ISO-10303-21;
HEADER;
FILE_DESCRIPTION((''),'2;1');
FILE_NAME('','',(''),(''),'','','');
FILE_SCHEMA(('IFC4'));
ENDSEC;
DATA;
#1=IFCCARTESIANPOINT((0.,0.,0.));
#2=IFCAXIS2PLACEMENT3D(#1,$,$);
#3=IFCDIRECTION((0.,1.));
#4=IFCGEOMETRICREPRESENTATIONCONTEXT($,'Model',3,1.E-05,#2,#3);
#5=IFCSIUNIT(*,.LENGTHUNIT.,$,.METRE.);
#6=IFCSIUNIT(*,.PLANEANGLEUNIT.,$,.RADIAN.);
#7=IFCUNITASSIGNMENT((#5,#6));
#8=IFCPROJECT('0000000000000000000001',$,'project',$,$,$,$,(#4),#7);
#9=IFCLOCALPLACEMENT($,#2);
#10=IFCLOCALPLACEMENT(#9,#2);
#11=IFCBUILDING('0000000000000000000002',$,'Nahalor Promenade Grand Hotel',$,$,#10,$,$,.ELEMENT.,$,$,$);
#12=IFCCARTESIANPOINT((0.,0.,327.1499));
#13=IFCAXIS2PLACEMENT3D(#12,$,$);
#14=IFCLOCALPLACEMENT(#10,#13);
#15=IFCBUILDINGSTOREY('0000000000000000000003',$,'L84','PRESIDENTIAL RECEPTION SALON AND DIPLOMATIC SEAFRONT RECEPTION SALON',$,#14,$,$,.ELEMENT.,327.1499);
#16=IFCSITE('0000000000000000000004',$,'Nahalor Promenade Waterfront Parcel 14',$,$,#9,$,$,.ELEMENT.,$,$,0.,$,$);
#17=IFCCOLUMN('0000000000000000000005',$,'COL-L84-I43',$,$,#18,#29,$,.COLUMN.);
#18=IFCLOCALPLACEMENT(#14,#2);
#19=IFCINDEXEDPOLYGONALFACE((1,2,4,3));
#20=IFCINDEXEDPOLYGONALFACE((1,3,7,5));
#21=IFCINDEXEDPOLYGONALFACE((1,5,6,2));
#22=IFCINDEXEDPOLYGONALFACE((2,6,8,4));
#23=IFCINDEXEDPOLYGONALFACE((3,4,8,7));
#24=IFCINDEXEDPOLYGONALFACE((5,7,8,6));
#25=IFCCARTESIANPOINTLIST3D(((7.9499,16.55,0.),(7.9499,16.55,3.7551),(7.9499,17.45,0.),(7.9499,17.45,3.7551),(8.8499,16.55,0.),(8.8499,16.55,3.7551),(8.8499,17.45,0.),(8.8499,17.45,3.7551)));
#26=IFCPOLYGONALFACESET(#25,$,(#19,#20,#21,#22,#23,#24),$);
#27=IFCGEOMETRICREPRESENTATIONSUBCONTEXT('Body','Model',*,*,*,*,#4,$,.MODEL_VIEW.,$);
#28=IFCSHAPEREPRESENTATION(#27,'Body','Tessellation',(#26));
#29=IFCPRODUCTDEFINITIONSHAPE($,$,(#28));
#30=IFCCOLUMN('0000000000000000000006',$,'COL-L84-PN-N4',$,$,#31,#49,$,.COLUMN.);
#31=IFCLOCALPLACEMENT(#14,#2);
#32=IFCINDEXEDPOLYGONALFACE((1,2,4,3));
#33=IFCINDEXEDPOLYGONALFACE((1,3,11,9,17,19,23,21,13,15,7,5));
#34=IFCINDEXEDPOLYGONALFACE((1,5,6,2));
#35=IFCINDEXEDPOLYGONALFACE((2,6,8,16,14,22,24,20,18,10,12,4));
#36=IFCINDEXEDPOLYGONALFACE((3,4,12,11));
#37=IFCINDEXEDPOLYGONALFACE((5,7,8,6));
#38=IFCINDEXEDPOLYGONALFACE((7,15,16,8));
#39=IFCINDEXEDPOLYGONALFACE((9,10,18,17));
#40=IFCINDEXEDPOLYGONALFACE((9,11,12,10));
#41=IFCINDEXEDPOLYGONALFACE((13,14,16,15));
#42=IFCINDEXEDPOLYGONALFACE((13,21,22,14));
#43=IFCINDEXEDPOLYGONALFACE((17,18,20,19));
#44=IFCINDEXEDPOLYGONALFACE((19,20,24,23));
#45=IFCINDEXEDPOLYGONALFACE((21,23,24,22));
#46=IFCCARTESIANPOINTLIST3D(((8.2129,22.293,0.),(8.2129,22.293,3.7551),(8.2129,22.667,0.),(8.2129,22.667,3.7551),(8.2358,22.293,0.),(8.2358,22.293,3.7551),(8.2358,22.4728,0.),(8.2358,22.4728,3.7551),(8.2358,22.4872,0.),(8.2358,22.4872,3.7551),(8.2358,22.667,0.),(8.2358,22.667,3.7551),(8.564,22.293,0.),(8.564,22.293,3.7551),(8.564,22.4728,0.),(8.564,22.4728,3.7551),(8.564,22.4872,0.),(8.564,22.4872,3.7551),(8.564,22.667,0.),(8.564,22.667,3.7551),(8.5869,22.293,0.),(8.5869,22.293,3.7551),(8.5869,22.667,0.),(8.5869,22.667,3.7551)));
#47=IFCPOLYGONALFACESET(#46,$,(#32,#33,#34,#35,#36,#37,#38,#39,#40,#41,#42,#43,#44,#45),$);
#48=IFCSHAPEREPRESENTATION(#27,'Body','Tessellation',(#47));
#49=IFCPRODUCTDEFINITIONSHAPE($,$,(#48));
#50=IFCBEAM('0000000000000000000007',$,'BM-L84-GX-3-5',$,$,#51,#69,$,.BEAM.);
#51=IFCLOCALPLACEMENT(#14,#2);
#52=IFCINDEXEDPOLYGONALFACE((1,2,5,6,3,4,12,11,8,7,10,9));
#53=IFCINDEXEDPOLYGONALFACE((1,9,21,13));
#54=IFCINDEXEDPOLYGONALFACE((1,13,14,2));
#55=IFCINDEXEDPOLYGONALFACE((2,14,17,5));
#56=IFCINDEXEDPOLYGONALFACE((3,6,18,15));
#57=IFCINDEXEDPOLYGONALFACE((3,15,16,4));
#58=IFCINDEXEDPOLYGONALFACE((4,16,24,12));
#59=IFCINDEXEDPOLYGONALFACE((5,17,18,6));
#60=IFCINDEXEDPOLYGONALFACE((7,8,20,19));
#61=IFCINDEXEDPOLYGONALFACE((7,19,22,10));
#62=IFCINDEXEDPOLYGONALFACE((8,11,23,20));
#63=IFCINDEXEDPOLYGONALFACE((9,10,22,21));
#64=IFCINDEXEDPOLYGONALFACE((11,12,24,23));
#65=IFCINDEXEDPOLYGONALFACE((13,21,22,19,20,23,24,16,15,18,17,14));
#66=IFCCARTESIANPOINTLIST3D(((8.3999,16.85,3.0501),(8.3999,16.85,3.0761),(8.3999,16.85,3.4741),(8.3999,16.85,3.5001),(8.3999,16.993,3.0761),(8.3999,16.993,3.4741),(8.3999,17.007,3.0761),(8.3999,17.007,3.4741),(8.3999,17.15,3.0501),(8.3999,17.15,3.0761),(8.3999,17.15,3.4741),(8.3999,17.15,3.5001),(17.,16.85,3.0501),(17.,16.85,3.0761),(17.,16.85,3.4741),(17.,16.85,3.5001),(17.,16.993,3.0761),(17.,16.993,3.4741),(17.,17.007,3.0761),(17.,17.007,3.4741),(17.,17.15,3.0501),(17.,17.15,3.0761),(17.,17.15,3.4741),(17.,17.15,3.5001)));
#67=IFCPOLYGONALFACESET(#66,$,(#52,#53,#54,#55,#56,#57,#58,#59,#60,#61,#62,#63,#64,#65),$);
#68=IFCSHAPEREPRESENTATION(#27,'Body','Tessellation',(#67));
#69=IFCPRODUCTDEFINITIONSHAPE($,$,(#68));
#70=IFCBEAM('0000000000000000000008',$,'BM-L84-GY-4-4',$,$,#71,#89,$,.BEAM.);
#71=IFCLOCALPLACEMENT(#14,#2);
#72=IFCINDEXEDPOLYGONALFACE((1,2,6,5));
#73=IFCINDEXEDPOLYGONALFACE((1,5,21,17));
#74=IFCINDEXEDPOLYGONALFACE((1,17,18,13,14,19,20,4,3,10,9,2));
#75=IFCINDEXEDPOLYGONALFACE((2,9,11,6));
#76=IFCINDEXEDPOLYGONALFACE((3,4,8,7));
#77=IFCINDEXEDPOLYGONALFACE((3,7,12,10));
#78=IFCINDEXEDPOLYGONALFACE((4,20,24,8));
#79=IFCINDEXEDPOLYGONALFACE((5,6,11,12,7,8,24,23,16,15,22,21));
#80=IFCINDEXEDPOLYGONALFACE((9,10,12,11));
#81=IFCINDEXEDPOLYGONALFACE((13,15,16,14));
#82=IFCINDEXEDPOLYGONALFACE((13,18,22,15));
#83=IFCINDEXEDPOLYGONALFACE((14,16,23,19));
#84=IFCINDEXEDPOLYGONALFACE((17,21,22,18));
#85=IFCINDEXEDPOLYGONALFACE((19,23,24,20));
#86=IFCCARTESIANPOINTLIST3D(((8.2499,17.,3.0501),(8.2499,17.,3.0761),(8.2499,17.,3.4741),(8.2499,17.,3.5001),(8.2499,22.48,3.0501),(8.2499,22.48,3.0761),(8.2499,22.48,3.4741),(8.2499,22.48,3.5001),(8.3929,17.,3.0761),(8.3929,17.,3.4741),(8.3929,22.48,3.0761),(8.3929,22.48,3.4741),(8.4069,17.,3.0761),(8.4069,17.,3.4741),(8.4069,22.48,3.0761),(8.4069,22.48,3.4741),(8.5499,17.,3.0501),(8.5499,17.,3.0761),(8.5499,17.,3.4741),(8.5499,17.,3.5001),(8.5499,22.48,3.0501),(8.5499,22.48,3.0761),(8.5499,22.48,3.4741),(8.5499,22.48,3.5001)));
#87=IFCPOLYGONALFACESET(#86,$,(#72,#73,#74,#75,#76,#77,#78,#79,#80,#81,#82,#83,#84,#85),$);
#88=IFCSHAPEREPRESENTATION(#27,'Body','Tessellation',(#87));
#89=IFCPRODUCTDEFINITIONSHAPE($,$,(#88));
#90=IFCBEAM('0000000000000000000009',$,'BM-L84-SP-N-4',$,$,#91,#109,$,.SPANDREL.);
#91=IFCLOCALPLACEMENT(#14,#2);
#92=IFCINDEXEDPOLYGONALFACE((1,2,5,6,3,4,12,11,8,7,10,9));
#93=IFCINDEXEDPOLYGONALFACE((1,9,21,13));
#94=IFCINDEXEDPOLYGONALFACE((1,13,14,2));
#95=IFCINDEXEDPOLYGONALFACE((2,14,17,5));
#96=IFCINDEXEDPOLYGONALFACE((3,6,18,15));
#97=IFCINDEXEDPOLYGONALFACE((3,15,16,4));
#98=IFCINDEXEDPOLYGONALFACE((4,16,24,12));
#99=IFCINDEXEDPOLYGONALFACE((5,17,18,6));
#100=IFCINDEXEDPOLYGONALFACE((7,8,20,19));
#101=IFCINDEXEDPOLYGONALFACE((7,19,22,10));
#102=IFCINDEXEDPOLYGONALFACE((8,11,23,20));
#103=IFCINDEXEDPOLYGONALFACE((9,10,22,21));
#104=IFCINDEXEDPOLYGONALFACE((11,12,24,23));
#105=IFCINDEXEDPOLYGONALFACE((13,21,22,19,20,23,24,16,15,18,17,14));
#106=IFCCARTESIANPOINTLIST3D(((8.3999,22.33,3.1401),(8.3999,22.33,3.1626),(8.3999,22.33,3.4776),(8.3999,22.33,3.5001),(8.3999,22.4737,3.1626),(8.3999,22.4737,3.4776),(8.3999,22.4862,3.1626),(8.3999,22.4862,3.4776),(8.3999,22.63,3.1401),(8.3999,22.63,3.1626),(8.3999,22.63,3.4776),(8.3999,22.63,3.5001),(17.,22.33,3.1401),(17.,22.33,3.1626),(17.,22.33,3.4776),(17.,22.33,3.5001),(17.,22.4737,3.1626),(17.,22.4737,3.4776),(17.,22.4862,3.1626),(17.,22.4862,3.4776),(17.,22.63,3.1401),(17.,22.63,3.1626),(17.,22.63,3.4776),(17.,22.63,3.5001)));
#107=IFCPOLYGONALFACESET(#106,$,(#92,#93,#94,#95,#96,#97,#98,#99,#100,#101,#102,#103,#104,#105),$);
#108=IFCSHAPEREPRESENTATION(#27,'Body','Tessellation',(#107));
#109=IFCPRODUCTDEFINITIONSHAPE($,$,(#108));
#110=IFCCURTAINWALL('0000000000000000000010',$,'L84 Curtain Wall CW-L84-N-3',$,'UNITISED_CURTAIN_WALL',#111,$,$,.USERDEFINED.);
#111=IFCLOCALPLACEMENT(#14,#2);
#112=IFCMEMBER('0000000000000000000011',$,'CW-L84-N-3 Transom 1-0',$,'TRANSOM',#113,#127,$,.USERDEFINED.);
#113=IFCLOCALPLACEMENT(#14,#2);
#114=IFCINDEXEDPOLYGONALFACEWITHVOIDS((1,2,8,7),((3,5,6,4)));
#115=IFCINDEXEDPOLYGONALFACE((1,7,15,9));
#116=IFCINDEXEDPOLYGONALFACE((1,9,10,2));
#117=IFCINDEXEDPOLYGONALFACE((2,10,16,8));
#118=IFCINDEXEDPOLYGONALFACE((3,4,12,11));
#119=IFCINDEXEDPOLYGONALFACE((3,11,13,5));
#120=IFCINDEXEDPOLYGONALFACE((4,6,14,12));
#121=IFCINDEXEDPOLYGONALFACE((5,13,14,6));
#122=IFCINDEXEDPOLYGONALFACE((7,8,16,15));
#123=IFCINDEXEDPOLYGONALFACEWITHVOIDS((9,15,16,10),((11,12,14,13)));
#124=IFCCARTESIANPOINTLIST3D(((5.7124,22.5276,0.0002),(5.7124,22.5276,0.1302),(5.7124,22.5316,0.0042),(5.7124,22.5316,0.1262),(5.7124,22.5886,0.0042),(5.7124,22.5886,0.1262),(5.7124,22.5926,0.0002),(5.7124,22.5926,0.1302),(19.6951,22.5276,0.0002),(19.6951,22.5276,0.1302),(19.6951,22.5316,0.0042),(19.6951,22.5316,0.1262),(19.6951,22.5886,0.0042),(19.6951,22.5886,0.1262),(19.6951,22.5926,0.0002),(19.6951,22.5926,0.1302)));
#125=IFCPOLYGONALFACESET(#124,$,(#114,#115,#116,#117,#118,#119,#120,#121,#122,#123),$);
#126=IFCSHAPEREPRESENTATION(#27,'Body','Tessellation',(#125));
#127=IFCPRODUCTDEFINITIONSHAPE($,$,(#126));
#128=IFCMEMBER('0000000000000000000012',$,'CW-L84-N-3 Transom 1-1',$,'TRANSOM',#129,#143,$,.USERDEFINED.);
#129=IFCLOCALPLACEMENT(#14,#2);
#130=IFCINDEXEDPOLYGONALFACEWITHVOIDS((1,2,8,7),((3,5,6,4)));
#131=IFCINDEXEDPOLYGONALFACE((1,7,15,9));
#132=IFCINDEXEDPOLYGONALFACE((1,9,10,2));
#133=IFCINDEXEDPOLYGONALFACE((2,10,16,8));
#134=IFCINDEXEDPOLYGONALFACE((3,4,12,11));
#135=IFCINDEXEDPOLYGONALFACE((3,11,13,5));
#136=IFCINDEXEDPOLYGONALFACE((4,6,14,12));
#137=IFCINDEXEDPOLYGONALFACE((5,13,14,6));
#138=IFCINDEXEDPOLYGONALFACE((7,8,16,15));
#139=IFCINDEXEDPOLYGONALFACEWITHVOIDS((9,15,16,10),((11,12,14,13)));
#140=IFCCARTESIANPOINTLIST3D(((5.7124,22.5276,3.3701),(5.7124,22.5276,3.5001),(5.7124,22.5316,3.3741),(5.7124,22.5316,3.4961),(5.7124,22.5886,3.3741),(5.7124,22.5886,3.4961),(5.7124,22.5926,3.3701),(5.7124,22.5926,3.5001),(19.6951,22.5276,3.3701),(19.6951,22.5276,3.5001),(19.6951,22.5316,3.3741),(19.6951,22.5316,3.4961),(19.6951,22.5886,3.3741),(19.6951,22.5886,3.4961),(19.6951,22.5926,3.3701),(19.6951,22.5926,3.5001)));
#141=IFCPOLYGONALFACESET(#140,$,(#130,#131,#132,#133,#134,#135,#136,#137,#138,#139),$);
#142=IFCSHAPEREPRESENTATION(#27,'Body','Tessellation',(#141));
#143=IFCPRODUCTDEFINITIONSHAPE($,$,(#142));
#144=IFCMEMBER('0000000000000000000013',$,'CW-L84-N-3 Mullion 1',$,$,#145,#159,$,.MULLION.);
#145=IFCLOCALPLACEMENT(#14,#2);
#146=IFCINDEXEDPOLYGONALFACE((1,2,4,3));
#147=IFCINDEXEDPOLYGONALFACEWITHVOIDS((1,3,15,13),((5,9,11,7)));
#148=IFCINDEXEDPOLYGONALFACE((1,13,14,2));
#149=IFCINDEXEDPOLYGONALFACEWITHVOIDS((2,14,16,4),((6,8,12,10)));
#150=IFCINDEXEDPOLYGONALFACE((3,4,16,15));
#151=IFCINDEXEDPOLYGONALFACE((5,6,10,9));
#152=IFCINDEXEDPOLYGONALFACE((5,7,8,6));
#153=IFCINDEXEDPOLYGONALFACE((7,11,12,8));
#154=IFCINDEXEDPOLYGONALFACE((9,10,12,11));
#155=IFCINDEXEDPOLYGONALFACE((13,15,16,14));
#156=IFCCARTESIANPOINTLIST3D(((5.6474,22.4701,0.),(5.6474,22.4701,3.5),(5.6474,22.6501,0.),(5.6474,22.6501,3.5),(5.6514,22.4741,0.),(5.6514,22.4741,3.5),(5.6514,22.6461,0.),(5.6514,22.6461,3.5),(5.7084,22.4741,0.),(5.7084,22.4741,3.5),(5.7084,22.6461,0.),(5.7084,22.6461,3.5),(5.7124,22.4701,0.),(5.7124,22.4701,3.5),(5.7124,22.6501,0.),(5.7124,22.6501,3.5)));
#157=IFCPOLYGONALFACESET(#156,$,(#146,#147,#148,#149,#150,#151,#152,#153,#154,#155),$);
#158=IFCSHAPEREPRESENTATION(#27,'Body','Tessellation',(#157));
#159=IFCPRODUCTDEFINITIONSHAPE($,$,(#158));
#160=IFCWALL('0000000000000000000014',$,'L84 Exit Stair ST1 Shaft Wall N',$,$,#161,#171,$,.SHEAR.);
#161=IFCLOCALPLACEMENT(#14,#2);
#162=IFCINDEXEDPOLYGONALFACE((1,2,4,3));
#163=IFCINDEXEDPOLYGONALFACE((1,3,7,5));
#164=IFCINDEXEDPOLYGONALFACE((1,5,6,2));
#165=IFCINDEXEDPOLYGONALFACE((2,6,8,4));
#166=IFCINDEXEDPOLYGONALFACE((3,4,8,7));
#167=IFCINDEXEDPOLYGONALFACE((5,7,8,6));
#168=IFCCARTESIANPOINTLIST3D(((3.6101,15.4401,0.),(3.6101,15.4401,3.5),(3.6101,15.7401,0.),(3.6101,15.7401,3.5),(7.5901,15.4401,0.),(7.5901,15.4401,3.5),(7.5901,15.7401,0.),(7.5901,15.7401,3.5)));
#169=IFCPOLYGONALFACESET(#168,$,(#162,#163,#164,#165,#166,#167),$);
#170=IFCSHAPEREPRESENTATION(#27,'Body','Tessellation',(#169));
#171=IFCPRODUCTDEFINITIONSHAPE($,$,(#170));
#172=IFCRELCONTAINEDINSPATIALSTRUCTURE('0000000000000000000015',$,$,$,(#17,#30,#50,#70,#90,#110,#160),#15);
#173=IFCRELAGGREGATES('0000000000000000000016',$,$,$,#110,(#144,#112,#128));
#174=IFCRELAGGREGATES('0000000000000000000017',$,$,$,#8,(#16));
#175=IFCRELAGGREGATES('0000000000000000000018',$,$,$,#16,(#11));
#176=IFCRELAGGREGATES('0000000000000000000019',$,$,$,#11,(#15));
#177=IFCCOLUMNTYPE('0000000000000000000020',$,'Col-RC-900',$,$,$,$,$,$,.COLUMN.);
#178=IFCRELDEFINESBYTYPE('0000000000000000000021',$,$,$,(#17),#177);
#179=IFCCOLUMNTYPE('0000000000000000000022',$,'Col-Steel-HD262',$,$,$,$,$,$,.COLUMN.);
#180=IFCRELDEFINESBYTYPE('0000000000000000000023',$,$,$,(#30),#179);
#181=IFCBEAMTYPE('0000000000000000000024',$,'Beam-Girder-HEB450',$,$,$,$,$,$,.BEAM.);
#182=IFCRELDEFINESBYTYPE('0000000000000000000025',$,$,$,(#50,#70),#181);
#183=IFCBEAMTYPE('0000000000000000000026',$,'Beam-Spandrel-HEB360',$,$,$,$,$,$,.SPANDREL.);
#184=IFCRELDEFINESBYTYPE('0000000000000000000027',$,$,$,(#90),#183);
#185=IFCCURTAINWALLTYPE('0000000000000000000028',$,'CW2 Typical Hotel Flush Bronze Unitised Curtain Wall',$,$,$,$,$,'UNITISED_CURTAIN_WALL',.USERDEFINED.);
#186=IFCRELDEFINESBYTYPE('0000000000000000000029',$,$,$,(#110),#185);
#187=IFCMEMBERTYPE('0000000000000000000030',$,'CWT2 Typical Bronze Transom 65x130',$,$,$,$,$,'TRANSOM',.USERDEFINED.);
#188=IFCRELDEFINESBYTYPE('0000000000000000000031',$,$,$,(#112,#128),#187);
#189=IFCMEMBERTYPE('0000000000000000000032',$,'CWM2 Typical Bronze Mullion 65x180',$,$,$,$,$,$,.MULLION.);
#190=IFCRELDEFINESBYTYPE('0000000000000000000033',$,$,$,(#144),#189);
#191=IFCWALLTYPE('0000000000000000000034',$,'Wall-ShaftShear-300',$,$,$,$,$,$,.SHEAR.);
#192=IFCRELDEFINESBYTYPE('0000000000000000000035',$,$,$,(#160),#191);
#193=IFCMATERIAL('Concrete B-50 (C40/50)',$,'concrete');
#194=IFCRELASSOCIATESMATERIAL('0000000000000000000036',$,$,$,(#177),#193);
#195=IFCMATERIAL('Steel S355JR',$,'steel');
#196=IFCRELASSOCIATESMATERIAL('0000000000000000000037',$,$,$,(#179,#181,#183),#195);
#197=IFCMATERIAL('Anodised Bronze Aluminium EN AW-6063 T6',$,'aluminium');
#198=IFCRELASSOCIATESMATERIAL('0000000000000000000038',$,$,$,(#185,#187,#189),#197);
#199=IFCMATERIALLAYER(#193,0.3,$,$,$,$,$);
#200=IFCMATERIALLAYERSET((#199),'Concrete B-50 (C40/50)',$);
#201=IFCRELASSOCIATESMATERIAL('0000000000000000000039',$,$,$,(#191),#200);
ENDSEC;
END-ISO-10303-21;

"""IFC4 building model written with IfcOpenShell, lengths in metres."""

from ifc_helpers import new_model, si_unit, direction, frame, frame_2d, origin, origin_2d, place, context, subcontext, project, spatial, rectangle, hollow_rectangle, i_section, extrude, source, transform, mapped, material, layer, layer_set, material_profile, profile_set, type_object, element, aggregate, save


model = new_model("IFC4")

# Units and contexts
model_context = context("Model", 3, precision=1e-05, world=origin(), true_north=direction((0.0, 1.0)))
body_context = subcontext(model_context, "Body", "Model", "MODEL_VIEW")
ifc_project = project(units=[si_unit("LENGTHUNIT", "METRE"), si_unit("PLANEANGLEUNIT", "RADIAN")], contexts=[model_context])

# Site, building, storey
site_placement = place(None, origin())
site = spatial("IfcSite", under=ifc_project, at=site_placement, Name="Nahalor Promenade Waterfront Parcel 14", CompositionType="ELEMENT", RefElevation=0.0)
building_placement = place(site_placement, origin())
building = spatial("IfcBuilding", under=site, at=building_placement, Name="Nahalor Promenade Grand Hotel", CompositionType="ELEMENT")
storey_placement = place(building_placement, frame((0.0, 0.0, 327.1499)))
storey = spatial("IfcBuildingStorey", under=building, at=storey_placement, Name="L84", Description="PRESIDENTIAL RECEPTION SALON AND DIPLOMATIC SEAFRONT RECEPTION SALON", CompositionType="ELEMENT", Elevation=327.1499)

# Columns
ifc_material_1 = material(Name="Concrete B-50 (C40/50)", Category="concrete")
ifc_material_profile_1 = material_profile(ifc_material_1, rectangle(XDim=0.9, YDim=0.9, at=origin_2d()), Name="RC 900x900")
ifc_profile_set_1 = profile_set([ifc_material_profile_1], Name="Concrete B-50 (C40/50)")
column_type_1 = type_object("IfcColumnType", Name="Col-RC-900", PredefinedType="COLUMN", material=ifc_profile_set_1)
shared_shape_1 = source(origin(), body_context, "Body", "SweptSolid", [
    extrude(rectangle(XDim=0.9, YDim=0.9, at=origin_2d()), origin(), (0.0, 0.0, 1.0), 3.7551),
])
column_1_placement = place(storey_placement, frame((8.3999, 17.0, 0.0), z_axis=(0.0, 0.0, 1.0), x_axis=(1.0, 0.0, 0.0)))
element("IfcColumn", 1, at=column_1_placement, inside=storey, type_object=column_type_1, Name="COL-L84-I43", PredefinedType="COLUMN", context=body_context, shape_type="MappedRepresentation", body=[
    mapped(shared_shape_1, transform((0.0, 0.0, 0.0), scale=1.0)),
])
ifc_material_2 = material(Name="Steel S355JR", Category="steel")
ifc_material_profile_2 = material_profile(ifc_material_2, i_section(OverallWidth=0.374, OverallDepth=0.374, WebThickness=0.0144, FlangeThickness=0.0229, at=origin_2d()), Name="HD 360x262")
ifc_profile_set_2 = profile_set([ifc_material_profile_2], Name="Steel S355JR")
column_type_2 = type_object("IfcColumnType", Name="Col-Steel-HD262", PredefinedType="COLUMN", material=ifc_profile_set_2)
shared_shape_2 = source(origin(), body_context, "Body", "SweptSolid", [
    extrude(i_section(OverallWidth=0.374, OverallDepth=0.374, WebThickness=0.0144, FlangeThickness=0.0229, at=origin_2d()), origin(), (0.0, 0.0, 1.0), 3.7551),
])
column_2_placement = place(storey_placement, frame((8.3999, 22.48, 0.0), z_axis=(0.0, 0.0, 1.0), x_axis=(0.0, 1.0, 0.0)))
element("IfcColumn", 2, at=column_2_placement, inside=storey, type_object=column_type_2, Name="COL-L84-PN-N4", PredefinedType="COLUMN", context=body_context, shape_type="MappedRepresentation", body=[
    mapped(shared_shape_2, transform((0.0, 0.0, 0.0), scale=1.0)),
])

# Beams
ifc_material_profile_3 = material_profile(ifc_material_2, i_section(OverallWidth=0.3, OverallDepth=0.45, WebThickness=0.014, FlangeThickness=0.026, at=origin_2d()), Name="HEB 450")
ifc_profile_set_3 = profile_set([ifc_material_profile_3], Name="Steel S355JR")
beam_type_1 = type_object("IfcBeamType", Name="Beam-Girder-HEB450", PredefinedType="BEAM", material=ifc_profile_set_3)
shared_shape_3 = source(origin(), body_context, "Body", "SweptSolid", [
    extrude(i_section(OverallWidth=0.3, OverallDepth=0.45, WebThickness=0.014, FlangeThickness=0.026, at=origin_2d()), origin(), (0.0, 0.0, 1.0), 8.6001),
])
beam_1_placement = place(storey_placement, frame((8.3999, 17.0, 3.2751), z_axis=(1.0, 0.0, 0.0), x_axis=(0.0, 1.0, 0.0)))
element("IfcBeam", 3, at=beam_1_placement, inside=storey, type_object=beam_type_1, Name="BM-L84-GX-3-5", PredefinedType="BEAM", context=body_context, shape_type="MappedRepresentation", body=[
    mapped(shared_shape_3, transform((0.0, 0.0, 0.0), scale=1.0)),
])
shared_shape_4 = source(origin(), body_context, "Body", "SweptSolid", [
    extrude(i_section(OverallWidth=0.3, OverallDepth=0.45, WebThickness=0.014, FlangeThickness=0.026, at=origin_2d()), origin(), (0.0, 0.0, 1.0), 5.48),
])
beam_2_placement = place(storey_placement, frame((8.3999, 17.0, 3.2751), z_axis=(0.0, 1.0, 0.0), x_axis=(-1.0, 0.0, 0.0)))
element("IfcBeam", 4, at=beam_2_placement, inside=storey, type_object=beam_type_1, Name="BM-L84-GY-4-4", PredefinedType="BEAM", context=body_context, shape_type="MappedRepresentation", body=[
    mapped(shared_shape_4, transform((0.0, 0.0, 0.0), scale=1.0)),
])
ifc_material_profile_4 = material_profile(ifc_material_2, i_section(OverallWidth=0.3, OverallDepth=0.36, WebThickness=0.0125, FlangeThickness=0.0225, at=origin_2d()), Name="HEB 360")
ifc_profile_set_4 = profile_set([ifc_material_profile_4], Name="Steel S355JR")
beam_type_2 = type_object("IfcBeamType", Name="Beam-Spandrel-HEB360", PredefinedType="SPANDREL", material=ifc_profile_set_4)
shared_shape_5 = source(origin(), body_context, "Body", "SweptSolid", [
    extrude(i_section(OverallWidth=0.3, OverallDepth=0.36, WebThickness=0.0125, FlangeThickness=0.0225, at=origin_2d()), origin(), (0.0, 0.0, 1.0), 8.6001),
])
beam_3_placement = place(storey_placement, frame((8.3999, 22.48, 3.3201), z_axis=(1.0, 0.0, 0.0), x_axis=(0.0, 1.0, 0.0)))
element("IfcBeam", 5, at=beam_3_placement, inside=storey, type_object=beam_type_2, Name="BM-L84-SP-N-4", PredefinedType="SPANDREL", context=body_context, shape_type="MappedRepresentation", body=[
    mapped(shared_shape_5, transform((0.0, 0.0, 0.0), scale=1.0)),
])

# Curtain wall, members
ifc_material_3 = material(Name="Anodised Bronze Aluminium EN AW-6063 T6", Category="aluminium")
curtain_wall_type = type_object("IfcCurtainWallType", Name="CW2 Typical Hotel Flush Bronze Unitised Curtain Wall", ElementType="UNITISED_CURTAIN_WALL", PredefinedType="USERDEFINED", material=ifc_material_3)
curtain_wall_placement = place(storey_placement, origin())
curtain_wall = element("IfcCurtainWall", 6, at=curtain_wall_placement, inside=storey, type_object=curtain_wall_type, Name="L84 Curtain Wall CW-L84-N-3", ObjectType="UNITISED_CURTAIN_WALL", PredefinedType="USERDEFINED")
ifc_material_profile_5 = material_profile(ifc_material_3, hollow_rectangle(XDim=0.065, YDim=0.13, WallThickness=0.004, at=origin_2d()), Name="CWT 65x130x4")
ifc_profile_set_5 = profile_set([ifc_material_profile_5], Name="Anodised Bronze Aluminium EN AW-6063 T6")
member_type_1 = type_object("IfcMemberType", Name="CWT2 Typical Bronze Transom 65x130", ElementType="TRANSOM", PredefinedType="USERDEFINED", material=ifc_profile_set_5)
shared_shape_6 = source(origin(), body_context, "Body", "SweptSolid", [
    extrude(hollow_rectangle(XDim=0.065, YDim=0.13, WallThickness=0.004, at=origin_2d()), origin(), (0.0, 0.0, 1.0), 13.9827),
])
member_1_placement = place(storey_placement, frame((5.7124, 22.5601, 0.0652), z_axis=(1.0, 0.0, 0.0), x_axis=(0.0, 1.0, 0.0)))
member_1 = element("IfcMember", 7, at=member_1_placement, type_object=member_type_1, Name="CW-L84-N-3 Transom 1-0", ObjectType="TRANSOM", PredefinedType="USERDEFINED", context=body_context, shape_type="MappedRepresentation", body=[
    mapped(shared_shape_6, transform((0.0, 0.0, 0.0), scale=1.0)),
])
member_2_placement = place(storey_placement, frame((5.7124, 22.5601, 3.4351), z_axis=(1.0, 0.0, 0.0), x_axis=(0.0, 1.0, 0.0)))
member_2 = element("IfcMember", 8, at=member_2_placement, type_object=member_type_1, Name="CW-L84-N-3 Transom 1-1", ObjectType="TRANSOM", PredefinedType="USERDEFINED", context=body_context, shape_type="MappedRepresentation", body=[
    mapped(shared_shape_6, transform((0.0, 0.0, 0.0), scale=1.0)),
])
ifc_material_profile_6 = material_profile(ifc_material_3, hollow_rectangle(XDim=0.065, YDim=0.18, WallThickness=0.004, at=origin_2d()), Name="CWM 65x180x4")
ifc_profile_set_6 = profile_set([ifc_material_profile_6], Name="Anodised Bronze Aluminium EN AW-6063 T6")
member_type_2 = type_object("IfcMemberType", Name="CWM2 Typical Bronze Mullion 65x180", PredefinedType="MULLION", material=ifc_profile_set_6)
shared_shape_7 = source(origin(), body_context, "Body", "SweptSolid", [
    extrude(hollow_rectangle(XDim=0.065, YDim=0.18, WallThickness=0.004, at=origin_2d()), origin(), (0.0, 0.0, 1.0), 3.5),
])
member_3_placement = place(storey_placement, frame((5.6799, 22.5601, 0.0), z_axis=(0.0, 0.0, 1.0), x_axis=(1.0, 0.0, 0.0)))
member_3 = element("IfcMember", 9, at=member_3_placement, type_object=member_type_2, Name="CW-L84-N-3 Mullion 1", PredefinedType="MULLION", context=body_context, shape_type="MappedRepresentation", body=[
    mapped(shared_shape_7, transform((0.0, 0.0, 0.0), scale=1.0)),
])
aggregate(curtain_wall, [member_3, member_1, member_2])

# Wall
ifc_layer_1 = layer(ifc_material_1, 0.3)
ifc_layer_set_1 = layer_set([ifc_layer_1], Name="Concrete B-50 (C40/50)")
wall_type_1 = type_object("IfcWallType", Name="Wall-ShaftShear-300", PredefinedType="SHEAR", material=ifc_layer_set_1)
shared_shape_8 = source(origin(), body_context, "Body", "SweptSolid", [
    extrude(rectangle(XDim=3.98, YDim=0.3, at=frame_2d((1.99, 0.0))), origin(), (0.0, 0.0, 1.0), 3.5),
])
wall_1_placement = place(storey_placement, frame((3.6101, 15.5901, 0.0), z_axis=(0.0, 0.0, 1.0), x_axis=(1.0, 0.0, 0.0)))
element("IfcWall", 10, at=wall_1_placement, inside=storey, type_object=wall_type_1, Name="L84 Exit Stair ST1 Shaft Wall N", PredefinedType="SHEAR", context=body_context, shape_type="MappedRepresentation", body=[
    mapped(shared_shape_8, transform((0.0, 0.0, 0.0), scale=1.0)),
])

save(model, "model.ifc")
